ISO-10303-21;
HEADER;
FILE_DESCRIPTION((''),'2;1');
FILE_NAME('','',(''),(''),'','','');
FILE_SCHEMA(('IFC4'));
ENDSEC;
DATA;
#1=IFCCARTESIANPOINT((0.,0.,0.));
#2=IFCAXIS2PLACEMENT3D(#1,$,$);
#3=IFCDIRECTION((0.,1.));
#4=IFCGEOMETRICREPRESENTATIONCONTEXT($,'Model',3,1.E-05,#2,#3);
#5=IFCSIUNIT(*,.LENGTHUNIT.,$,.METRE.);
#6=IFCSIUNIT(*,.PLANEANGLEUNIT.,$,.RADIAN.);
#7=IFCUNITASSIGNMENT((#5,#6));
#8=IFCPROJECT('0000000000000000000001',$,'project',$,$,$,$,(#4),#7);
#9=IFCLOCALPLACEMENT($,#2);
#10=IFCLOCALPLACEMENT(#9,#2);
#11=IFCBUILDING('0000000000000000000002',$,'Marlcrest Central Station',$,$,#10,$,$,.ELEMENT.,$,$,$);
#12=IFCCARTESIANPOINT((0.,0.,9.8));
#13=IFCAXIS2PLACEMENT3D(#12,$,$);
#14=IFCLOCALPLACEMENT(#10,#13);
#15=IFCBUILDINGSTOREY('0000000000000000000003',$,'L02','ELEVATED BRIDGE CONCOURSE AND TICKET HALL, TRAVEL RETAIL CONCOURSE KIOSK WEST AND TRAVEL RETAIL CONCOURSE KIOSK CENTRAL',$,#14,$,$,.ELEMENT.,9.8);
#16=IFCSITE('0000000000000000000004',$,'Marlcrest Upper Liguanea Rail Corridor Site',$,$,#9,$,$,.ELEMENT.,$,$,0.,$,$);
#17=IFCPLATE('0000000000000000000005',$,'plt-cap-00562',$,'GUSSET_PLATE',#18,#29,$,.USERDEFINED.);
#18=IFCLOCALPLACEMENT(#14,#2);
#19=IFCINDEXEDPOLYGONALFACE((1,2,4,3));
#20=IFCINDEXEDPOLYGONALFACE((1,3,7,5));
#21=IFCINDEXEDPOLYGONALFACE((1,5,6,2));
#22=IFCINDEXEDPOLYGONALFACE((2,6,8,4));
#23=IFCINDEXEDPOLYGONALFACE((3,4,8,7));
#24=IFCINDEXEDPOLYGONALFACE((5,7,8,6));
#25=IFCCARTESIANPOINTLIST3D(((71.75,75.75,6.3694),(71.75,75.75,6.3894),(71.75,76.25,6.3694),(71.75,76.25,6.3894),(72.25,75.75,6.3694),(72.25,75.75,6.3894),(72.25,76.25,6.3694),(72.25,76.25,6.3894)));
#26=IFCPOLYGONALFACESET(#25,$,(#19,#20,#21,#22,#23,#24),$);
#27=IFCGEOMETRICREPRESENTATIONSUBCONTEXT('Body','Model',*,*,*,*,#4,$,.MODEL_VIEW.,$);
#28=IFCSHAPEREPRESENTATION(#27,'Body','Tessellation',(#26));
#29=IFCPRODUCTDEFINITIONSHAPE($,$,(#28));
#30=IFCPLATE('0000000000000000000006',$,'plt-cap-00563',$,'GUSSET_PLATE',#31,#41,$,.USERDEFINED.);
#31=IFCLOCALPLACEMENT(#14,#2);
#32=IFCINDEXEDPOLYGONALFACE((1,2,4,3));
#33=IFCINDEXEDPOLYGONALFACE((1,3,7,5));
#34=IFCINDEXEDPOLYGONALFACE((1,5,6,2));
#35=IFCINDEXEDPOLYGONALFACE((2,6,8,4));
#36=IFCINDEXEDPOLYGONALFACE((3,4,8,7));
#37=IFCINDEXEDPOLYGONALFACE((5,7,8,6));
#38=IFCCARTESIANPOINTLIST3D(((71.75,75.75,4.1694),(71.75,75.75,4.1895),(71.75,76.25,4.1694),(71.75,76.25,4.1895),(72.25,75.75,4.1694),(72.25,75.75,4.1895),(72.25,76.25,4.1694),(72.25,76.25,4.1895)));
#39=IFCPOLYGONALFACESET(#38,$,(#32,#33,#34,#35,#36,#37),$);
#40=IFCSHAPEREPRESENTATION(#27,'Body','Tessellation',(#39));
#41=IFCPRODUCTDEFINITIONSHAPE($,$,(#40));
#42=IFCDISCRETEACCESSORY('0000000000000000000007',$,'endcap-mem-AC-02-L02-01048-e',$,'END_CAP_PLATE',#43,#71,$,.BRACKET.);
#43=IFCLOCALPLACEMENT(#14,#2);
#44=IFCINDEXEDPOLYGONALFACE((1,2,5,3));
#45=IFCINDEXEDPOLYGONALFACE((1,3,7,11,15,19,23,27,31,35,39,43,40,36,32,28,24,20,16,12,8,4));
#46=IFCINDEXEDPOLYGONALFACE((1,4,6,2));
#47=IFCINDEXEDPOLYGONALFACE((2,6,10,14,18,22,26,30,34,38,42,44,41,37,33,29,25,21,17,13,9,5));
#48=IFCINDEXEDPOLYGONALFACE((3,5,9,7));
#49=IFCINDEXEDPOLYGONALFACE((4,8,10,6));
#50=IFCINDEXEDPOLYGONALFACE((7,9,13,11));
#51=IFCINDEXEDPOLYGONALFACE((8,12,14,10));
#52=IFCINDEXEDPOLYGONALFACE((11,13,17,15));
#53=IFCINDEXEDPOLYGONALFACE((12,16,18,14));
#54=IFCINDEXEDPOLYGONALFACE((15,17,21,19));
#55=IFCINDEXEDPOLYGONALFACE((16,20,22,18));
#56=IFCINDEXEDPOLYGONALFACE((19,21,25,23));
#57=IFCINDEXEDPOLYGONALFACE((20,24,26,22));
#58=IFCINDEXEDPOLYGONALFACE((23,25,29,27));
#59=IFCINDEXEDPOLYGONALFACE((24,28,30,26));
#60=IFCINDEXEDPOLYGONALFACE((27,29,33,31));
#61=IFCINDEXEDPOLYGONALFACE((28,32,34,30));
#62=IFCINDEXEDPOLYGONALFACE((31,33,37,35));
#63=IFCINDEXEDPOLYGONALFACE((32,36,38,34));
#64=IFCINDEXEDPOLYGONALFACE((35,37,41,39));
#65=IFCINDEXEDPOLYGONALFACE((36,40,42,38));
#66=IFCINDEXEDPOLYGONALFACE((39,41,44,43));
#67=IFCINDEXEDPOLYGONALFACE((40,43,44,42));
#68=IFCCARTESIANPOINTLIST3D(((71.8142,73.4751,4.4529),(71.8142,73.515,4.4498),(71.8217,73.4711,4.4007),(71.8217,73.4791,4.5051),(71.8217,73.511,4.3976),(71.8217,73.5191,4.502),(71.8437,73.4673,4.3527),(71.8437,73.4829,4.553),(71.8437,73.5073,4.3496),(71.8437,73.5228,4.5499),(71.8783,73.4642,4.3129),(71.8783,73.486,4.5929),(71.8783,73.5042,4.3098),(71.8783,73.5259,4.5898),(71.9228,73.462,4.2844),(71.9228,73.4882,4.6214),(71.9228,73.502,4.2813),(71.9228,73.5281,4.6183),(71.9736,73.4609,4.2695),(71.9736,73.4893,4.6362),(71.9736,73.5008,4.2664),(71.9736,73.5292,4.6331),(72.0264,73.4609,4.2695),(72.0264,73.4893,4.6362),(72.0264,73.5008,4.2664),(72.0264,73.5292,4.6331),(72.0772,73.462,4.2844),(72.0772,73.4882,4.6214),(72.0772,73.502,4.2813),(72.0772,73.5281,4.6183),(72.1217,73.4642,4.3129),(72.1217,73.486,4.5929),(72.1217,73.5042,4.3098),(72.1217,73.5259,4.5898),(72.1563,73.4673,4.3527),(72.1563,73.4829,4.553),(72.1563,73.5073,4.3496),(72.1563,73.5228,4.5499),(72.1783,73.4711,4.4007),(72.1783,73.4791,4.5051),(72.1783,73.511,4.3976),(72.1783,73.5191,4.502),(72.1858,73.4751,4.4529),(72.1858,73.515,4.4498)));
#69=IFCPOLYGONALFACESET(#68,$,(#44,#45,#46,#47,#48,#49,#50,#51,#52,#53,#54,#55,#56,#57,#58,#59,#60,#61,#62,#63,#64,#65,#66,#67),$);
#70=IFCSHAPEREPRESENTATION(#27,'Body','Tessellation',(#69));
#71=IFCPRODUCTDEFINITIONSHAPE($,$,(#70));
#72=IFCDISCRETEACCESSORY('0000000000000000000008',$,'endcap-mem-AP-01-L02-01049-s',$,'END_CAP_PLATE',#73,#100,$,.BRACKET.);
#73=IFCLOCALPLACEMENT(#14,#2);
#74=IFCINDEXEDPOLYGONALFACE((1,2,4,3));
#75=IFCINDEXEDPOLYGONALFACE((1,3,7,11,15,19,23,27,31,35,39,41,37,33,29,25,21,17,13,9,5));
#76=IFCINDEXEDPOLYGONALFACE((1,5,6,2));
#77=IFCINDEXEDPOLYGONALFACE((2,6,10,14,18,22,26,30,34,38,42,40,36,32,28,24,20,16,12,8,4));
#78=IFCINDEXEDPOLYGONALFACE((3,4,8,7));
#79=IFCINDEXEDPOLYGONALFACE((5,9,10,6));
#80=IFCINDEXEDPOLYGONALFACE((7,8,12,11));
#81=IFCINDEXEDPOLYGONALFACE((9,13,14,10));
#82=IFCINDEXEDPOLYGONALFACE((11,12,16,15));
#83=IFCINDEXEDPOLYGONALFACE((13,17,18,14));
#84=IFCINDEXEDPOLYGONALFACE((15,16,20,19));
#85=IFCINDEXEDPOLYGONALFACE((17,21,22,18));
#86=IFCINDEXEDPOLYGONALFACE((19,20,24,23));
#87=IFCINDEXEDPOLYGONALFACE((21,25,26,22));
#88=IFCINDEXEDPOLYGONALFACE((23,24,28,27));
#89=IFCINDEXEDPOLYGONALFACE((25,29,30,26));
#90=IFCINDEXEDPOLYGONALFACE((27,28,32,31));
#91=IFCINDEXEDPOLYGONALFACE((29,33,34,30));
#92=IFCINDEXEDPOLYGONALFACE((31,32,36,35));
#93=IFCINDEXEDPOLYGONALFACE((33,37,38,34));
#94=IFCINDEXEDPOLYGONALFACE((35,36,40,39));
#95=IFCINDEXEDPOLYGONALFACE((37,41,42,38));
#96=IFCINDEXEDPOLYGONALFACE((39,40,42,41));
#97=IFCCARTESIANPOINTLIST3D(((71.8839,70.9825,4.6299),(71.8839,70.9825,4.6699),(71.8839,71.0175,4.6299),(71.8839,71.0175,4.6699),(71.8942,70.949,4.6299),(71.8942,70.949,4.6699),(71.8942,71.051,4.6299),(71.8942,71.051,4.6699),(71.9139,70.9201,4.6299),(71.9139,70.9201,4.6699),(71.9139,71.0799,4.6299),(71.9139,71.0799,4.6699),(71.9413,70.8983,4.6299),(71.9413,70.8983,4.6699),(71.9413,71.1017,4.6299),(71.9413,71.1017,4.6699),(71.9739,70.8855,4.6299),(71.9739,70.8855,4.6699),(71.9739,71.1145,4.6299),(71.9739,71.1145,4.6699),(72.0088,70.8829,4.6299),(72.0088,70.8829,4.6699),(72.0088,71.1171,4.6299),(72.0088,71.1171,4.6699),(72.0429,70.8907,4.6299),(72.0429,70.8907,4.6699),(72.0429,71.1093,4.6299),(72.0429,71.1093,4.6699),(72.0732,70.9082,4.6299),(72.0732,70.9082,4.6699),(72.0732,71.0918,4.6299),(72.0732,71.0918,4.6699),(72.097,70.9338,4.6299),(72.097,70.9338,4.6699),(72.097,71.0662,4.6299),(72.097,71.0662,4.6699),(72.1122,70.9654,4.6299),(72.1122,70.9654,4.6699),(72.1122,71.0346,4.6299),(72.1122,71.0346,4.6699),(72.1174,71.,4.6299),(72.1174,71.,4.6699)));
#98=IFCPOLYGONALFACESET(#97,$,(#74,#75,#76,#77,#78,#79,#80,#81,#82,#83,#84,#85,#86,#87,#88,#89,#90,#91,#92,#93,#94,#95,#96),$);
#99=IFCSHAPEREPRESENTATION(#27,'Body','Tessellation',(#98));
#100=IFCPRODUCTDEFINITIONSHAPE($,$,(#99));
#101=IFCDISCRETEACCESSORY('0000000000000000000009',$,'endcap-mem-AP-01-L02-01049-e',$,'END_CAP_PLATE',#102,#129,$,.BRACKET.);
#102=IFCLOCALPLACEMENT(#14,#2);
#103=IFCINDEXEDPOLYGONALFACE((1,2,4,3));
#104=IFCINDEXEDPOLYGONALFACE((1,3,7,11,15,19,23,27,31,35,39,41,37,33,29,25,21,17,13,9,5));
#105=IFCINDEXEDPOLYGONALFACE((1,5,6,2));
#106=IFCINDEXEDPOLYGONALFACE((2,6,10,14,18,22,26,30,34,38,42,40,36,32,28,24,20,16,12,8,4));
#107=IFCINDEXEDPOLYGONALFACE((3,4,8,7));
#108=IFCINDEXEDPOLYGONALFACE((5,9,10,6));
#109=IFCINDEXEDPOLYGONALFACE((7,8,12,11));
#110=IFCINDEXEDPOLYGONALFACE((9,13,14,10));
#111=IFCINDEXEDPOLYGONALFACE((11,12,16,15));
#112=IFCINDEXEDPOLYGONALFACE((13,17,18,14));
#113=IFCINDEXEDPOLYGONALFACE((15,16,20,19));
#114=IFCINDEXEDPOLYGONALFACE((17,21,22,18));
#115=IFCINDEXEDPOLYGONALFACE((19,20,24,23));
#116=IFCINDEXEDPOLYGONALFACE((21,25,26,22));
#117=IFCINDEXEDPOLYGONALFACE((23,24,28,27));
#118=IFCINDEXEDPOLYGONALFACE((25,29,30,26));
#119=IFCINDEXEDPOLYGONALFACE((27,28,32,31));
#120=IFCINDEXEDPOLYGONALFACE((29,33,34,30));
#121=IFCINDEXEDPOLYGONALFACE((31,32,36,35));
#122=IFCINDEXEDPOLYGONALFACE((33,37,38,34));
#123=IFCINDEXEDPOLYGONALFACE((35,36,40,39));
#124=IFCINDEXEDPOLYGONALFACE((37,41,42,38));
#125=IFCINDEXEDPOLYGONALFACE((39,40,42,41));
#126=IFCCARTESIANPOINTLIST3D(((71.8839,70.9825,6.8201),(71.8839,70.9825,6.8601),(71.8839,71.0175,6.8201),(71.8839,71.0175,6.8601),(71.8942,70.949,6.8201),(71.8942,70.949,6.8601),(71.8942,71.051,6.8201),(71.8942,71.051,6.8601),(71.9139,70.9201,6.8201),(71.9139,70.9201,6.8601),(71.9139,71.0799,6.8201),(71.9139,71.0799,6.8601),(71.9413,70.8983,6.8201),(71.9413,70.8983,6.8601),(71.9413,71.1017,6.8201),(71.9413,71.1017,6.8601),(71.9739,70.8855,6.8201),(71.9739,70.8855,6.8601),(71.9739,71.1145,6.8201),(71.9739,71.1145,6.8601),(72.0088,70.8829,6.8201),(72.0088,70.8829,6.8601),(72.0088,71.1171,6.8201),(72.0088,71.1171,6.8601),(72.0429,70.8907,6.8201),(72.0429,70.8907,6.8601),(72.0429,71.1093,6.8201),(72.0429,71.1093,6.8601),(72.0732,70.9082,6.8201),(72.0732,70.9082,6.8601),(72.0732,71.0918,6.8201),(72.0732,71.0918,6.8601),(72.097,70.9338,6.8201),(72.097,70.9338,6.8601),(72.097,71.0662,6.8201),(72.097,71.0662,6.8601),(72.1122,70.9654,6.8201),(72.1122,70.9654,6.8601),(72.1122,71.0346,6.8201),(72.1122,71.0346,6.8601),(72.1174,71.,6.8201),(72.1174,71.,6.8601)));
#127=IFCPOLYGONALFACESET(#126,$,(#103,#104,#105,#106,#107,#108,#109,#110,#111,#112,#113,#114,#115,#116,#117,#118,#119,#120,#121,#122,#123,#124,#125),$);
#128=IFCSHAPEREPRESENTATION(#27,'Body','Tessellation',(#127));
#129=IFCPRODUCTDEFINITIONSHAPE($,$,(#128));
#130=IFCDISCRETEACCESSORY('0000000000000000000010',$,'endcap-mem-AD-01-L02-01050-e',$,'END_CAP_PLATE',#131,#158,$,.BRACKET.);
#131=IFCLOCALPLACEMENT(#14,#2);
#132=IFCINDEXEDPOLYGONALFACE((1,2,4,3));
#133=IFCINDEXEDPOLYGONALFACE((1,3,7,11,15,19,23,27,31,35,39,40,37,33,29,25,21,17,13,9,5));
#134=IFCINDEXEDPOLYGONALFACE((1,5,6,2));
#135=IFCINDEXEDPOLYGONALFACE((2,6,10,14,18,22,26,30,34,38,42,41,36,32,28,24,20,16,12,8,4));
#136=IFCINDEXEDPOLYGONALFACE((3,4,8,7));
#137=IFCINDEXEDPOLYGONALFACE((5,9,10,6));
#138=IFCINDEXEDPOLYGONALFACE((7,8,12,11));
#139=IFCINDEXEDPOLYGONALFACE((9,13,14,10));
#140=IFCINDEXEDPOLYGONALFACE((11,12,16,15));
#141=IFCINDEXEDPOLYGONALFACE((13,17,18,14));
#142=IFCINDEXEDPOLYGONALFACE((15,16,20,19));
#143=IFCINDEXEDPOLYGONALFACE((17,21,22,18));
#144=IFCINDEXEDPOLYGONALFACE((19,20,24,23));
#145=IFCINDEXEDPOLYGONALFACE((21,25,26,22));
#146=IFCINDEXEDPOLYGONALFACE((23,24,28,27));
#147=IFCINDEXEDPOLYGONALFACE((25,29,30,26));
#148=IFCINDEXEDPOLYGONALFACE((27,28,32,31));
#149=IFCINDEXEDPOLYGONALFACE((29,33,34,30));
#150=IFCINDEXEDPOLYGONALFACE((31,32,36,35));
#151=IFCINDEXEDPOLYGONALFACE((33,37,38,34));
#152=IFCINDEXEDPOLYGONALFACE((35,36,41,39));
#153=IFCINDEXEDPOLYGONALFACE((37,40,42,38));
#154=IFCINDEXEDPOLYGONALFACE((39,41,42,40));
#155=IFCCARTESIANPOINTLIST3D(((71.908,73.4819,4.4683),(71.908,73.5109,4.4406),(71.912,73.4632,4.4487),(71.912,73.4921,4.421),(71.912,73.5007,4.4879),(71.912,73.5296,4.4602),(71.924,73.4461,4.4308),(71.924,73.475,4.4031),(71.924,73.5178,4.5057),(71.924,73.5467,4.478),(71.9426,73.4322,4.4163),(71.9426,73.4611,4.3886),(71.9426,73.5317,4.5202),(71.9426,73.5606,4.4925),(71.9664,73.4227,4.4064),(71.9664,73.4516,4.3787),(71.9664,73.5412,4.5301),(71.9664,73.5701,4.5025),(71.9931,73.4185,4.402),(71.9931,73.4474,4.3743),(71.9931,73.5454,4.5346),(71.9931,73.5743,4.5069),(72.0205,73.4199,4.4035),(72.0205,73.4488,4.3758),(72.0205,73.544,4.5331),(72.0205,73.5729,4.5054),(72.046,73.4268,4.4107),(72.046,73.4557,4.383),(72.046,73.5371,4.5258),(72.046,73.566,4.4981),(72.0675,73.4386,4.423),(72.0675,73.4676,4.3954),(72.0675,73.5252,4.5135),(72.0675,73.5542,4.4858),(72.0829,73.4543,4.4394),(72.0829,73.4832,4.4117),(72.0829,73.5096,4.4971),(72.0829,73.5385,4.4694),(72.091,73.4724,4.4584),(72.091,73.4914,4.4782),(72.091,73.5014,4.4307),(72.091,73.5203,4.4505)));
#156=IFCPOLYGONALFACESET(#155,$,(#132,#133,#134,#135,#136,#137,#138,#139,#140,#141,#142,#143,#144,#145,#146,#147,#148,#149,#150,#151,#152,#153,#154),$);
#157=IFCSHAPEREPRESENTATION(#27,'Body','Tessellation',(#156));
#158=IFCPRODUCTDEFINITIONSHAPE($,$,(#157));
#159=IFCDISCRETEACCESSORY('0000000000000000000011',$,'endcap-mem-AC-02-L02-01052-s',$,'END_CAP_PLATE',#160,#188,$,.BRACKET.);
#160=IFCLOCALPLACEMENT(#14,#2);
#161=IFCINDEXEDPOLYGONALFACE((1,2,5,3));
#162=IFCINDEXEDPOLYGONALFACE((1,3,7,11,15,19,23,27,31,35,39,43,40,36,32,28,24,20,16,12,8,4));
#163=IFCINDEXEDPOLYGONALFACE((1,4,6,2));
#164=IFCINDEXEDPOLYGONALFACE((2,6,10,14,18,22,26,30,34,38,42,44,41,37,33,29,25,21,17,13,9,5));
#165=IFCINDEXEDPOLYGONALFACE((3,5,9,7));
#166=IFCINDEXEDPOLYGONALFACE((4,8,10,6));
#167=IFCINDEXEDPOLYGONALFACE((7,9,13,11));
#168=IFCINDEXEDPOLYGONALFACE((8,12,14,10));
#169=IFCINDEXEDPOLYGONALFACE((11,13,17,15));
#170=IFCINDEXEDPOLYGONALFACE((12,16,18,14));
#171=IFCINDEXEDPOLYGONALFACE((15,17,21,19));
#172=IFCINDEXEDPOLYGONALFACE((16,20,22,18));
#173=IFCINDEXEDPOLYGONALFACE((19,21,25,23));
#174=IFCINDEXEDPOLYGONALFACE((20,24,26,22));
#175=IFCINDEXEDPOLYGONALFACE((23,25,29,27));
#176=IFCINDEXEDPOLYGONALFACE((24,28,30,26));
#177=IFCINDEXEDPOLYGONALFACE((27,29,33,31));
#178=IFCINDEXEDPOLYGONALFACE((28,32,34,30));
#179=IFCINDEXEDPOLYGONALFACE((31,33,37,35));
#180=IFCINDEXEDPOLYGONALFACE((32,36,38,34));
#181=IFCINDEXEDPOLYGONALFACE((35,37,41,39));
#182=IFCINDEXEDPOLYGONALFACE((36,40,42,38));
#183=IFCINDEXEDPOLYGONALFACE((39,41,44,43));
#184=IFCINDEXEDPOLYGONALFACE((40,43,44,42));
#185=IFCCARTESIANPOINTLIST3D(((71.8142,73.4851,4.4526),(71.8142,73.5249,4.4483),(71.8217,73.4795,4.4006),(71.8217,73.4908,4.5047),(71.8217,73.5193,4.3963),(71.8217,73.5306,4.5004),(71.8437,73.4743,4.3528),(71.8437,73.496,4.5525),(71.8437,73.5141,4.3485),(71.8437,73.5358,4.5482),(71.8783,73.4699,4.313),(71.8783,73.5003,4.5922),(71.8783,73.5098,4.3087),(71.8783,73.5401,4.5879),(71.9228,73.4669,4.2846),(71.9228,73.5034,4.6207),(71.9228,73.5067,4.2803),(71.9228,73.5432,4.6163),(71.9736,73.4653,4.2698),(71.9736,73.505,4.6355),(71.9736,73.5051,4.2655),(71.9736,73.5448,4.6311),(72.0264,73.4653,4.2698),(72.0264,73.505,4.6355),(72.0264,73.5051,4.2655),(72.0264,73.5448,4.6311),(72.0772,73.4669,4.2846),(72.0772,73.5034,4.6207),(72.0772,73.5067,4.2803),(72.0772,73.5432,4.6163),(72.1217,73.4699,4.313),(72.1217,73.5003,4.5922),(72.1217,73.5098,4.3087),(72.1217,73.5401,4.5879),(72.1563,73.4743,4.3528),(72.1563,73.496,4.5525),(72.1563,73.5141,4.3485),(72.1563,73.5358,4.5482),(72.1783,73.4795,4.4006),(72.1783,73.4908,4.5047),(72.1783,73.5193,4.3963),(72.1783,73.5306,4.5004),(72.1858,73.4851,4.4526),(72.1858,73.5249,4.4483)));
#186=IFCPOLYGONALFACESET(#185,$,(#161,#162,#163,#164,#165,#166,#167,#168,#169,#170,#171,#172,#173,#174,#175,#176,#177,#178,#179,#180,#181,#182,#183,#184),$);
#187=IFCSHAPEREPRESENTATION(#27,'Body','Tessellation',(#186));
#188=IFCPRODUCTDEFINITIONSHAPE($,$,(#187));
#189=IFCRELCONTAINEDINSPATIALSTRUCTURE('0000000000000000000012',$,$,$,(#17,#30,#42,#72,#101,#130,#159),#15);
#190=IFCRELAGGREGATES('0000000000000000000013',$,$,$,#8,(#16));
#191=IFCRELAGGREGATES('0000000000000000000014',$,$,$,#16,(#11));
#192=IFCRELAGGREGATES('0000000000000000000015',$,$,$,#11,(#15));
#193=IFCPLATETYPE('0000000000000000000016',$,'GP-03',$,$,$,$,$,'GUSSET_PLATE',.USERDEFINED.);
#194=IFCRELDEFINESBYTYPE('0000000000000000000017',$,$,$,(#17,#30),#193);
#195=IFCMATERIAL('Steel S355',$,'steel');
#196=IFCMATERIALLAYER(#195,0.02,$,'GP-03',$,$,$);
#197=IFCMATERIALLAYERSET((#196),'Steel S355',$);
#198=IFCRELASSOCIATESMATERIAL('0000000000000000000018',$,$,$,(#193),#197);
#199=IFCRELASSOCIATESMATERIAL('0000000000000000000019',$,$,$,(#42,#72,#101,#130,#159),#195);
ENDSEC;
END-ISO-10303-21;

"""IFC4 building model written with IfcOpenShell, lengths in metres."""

from ifc_helpers import new_model, si_unit, direction, frame, origin, origin_2d, place, context, subcontext, project, spatial, rectangle, circle, extrude, material, layer, layer_set, type_object, element, save


model = new_model("IFC4")

# Units and contexts
model_context = context("Model", 3, precision=1e-05, world=origin(), true_north=direction((0.0, 1.0)))
body_context = subcontext(model_context, "Body", "Model", "MODEL_VIEW")
ifc_project = project(units=[si_unit("LENGTHUNIT", "METRE"), si_unit("PLANEANGLEUNIT", "RADIAN")], contexts=[model_context])

# Site, building, storey
site_placement = place(None, origin())
site = spatial("IfcSite", under=ifc_project, at=site_placement, Name="Marlcrest Upper Liguanea Rail Corridor Site", CompositionType="ELEMENT", RefElevation=0.0)
building_placement = place(site_placement, origin())
building = spatial("IfcBuilding", under=site, at=building_placement, Name="Marlcrest Central Station", CompositionType="ELEMENT")
storey_placement = place(building_placement, frame((0.0, 0.0, 9.8)))
storey = spatial("IfcBuildingStorey", under=building, at=storey_placement, Name="L02", Description="ELEVATED BRIDGE CONCOURSE AND TICKET HALL, TRAVEL RETAIL CONCOURSE KIOSK WEST AND TRAVEL RETAIL CONCOURSE KIOSK CENTRAL", CompositionType="ELEMENT", Elevation=9.8)

# Shared definitions
ifc_material = material(Name="Steel S355", Category="steel")

# Plates
ifc_layer = layer(ifc_material, 0.02, Name="GP-03")
ifc_layer_set = layer_set([ifc_layer], Name="Steel S355")
plate_type = type_object("IfcPlateType", Name="GP-03", ElementType="GUSSET_PLATE", PredefinedType="USERDEFINED", material=ifc_layer_set)
for number, where, z_axis, x_axis, name in (
    (1, (72.0, 76.0, 6.3694), (0.0, 0.0, 1.0), (1.0, 0.0, 0.0), "plt-cap-00562"),
    (2, (72.0, 76.0, 4.1694), (0.0, 0.0, 1.0), (1.0, 0.0, 0.0), "plt-cap-00563"),
):
    element("IfcPlate", number, at=place(storey_placement, frame(where, z_axis=z_axis, x_axis=x_axis)), inside=storey, type_object=plate_type, Name=name, ObjectType="GUSSET_PLATE", PredefinedType="USERDEFINED", context=body_context, shape_type="SweptSolid", body=[
        extrude(rectangle(XDim=0.5, YDim=0.5, at=origin_2d()), origin(), (0.0, 0.0, 1.0), 0.02),
    ])

# Discrete accessories
discrete_accessory_1_placement = place(storey_placement, frame((72.0, 73.4751, 4.4529), z_axis=(0.0, 0.997007, -0.077307), x_axis=(-1.0, 0.0, 0.0)))
element("IfcDiscreteAccessory", 3, at=discrete_accessory_1_placement, inside=storey, material=ifc_material, Name="endcap-mem-AC-02-L02-01048-e", ObjectType="END_CAP_PLATE", PredefinedType="BRACKET", context=body_context, shape_type="SweptSolid", body=[
    extrude(circle(Radius=0.1858, at=origin_2d()), origin(), (0.0, 0.0, 1.0), 0.04),
])
for number, where, z_axis, x_axis, name in (
    (4, (72.0, 71.0, 4.6299), (0.0, 0.0, 1.0), (1.0, 0.0, 0.0), "endcap-mem-AP-01-L02-01049-s"),
    (5, (72.0, 71.0, 6.8201), (0.0, 0.0, 1.0), (1.0, 0.0, 0.0), "endcap-mem-AP-01-L02-01049-e"),
):
    element("IfcDiscreteAccessory", number, at=place(storey_placement, frame(where, z_axis=z_axis, x_axis=x_axis)), inside=storey, material=ifc_material, Name=name, ObjectType="END_CAP_PLATE", PredefinedType="BRACKET", context=body_context, shape_type="SweptSolid", body=[
        extrude(circle(Radius=0.1174, at=origin_2d()), origin(), (0.0, 0.0, 1.0), 0.04),
    ])
discrete_accessory_2_placement = place(storey_placement, frame((72.0, 73.4819, 4.4683), z_axis=(0.0, 0.722247, -0.691636), x_axis=(-1.0, 0.0, 0.0)))
element("IfcDiscreteAccessory", 6, at=discrete_accessory_2_placement, inside=storey, material=ifc_material, Name="endcap-mem-AD-01-L02-01050-e", ObjectType="END_CAP_PLATE", PredefinedType="BRACKET", context=body_context, shape_type="SweptSolid", body=[
    extrude(circle(Radius=0.092, at=origin_2d()), origin(), (0.0, 0.0, 1.0), 0.04),
])
for number, where, z_axis, x_axis, name in (
    (7, (72.0, 73.4851, 4.4526), (0.0, 0.994155, -0.107959), (-1.0, 0.0, 0.0), "endcap-mem-AC-02-L02-01052-s"),
):
    element("IfcDiscreteAccessory", number, at=place(storey_placement, frame(where, z_axis=z_axis, x_axis=x_axis)), inside=storey, material=ifc_material, Name=name, ObjectType="END_CAP_PLATE", PredefinedType="BRACKET", context=body_context, shape_type="SweptSolid", body=[
        extrude(circle(Radius=0.1858, at=origin_2d()), origin(), (0.0, 0.0, 1.0), 0.04),
    ])

save(model, "model.ifc")
